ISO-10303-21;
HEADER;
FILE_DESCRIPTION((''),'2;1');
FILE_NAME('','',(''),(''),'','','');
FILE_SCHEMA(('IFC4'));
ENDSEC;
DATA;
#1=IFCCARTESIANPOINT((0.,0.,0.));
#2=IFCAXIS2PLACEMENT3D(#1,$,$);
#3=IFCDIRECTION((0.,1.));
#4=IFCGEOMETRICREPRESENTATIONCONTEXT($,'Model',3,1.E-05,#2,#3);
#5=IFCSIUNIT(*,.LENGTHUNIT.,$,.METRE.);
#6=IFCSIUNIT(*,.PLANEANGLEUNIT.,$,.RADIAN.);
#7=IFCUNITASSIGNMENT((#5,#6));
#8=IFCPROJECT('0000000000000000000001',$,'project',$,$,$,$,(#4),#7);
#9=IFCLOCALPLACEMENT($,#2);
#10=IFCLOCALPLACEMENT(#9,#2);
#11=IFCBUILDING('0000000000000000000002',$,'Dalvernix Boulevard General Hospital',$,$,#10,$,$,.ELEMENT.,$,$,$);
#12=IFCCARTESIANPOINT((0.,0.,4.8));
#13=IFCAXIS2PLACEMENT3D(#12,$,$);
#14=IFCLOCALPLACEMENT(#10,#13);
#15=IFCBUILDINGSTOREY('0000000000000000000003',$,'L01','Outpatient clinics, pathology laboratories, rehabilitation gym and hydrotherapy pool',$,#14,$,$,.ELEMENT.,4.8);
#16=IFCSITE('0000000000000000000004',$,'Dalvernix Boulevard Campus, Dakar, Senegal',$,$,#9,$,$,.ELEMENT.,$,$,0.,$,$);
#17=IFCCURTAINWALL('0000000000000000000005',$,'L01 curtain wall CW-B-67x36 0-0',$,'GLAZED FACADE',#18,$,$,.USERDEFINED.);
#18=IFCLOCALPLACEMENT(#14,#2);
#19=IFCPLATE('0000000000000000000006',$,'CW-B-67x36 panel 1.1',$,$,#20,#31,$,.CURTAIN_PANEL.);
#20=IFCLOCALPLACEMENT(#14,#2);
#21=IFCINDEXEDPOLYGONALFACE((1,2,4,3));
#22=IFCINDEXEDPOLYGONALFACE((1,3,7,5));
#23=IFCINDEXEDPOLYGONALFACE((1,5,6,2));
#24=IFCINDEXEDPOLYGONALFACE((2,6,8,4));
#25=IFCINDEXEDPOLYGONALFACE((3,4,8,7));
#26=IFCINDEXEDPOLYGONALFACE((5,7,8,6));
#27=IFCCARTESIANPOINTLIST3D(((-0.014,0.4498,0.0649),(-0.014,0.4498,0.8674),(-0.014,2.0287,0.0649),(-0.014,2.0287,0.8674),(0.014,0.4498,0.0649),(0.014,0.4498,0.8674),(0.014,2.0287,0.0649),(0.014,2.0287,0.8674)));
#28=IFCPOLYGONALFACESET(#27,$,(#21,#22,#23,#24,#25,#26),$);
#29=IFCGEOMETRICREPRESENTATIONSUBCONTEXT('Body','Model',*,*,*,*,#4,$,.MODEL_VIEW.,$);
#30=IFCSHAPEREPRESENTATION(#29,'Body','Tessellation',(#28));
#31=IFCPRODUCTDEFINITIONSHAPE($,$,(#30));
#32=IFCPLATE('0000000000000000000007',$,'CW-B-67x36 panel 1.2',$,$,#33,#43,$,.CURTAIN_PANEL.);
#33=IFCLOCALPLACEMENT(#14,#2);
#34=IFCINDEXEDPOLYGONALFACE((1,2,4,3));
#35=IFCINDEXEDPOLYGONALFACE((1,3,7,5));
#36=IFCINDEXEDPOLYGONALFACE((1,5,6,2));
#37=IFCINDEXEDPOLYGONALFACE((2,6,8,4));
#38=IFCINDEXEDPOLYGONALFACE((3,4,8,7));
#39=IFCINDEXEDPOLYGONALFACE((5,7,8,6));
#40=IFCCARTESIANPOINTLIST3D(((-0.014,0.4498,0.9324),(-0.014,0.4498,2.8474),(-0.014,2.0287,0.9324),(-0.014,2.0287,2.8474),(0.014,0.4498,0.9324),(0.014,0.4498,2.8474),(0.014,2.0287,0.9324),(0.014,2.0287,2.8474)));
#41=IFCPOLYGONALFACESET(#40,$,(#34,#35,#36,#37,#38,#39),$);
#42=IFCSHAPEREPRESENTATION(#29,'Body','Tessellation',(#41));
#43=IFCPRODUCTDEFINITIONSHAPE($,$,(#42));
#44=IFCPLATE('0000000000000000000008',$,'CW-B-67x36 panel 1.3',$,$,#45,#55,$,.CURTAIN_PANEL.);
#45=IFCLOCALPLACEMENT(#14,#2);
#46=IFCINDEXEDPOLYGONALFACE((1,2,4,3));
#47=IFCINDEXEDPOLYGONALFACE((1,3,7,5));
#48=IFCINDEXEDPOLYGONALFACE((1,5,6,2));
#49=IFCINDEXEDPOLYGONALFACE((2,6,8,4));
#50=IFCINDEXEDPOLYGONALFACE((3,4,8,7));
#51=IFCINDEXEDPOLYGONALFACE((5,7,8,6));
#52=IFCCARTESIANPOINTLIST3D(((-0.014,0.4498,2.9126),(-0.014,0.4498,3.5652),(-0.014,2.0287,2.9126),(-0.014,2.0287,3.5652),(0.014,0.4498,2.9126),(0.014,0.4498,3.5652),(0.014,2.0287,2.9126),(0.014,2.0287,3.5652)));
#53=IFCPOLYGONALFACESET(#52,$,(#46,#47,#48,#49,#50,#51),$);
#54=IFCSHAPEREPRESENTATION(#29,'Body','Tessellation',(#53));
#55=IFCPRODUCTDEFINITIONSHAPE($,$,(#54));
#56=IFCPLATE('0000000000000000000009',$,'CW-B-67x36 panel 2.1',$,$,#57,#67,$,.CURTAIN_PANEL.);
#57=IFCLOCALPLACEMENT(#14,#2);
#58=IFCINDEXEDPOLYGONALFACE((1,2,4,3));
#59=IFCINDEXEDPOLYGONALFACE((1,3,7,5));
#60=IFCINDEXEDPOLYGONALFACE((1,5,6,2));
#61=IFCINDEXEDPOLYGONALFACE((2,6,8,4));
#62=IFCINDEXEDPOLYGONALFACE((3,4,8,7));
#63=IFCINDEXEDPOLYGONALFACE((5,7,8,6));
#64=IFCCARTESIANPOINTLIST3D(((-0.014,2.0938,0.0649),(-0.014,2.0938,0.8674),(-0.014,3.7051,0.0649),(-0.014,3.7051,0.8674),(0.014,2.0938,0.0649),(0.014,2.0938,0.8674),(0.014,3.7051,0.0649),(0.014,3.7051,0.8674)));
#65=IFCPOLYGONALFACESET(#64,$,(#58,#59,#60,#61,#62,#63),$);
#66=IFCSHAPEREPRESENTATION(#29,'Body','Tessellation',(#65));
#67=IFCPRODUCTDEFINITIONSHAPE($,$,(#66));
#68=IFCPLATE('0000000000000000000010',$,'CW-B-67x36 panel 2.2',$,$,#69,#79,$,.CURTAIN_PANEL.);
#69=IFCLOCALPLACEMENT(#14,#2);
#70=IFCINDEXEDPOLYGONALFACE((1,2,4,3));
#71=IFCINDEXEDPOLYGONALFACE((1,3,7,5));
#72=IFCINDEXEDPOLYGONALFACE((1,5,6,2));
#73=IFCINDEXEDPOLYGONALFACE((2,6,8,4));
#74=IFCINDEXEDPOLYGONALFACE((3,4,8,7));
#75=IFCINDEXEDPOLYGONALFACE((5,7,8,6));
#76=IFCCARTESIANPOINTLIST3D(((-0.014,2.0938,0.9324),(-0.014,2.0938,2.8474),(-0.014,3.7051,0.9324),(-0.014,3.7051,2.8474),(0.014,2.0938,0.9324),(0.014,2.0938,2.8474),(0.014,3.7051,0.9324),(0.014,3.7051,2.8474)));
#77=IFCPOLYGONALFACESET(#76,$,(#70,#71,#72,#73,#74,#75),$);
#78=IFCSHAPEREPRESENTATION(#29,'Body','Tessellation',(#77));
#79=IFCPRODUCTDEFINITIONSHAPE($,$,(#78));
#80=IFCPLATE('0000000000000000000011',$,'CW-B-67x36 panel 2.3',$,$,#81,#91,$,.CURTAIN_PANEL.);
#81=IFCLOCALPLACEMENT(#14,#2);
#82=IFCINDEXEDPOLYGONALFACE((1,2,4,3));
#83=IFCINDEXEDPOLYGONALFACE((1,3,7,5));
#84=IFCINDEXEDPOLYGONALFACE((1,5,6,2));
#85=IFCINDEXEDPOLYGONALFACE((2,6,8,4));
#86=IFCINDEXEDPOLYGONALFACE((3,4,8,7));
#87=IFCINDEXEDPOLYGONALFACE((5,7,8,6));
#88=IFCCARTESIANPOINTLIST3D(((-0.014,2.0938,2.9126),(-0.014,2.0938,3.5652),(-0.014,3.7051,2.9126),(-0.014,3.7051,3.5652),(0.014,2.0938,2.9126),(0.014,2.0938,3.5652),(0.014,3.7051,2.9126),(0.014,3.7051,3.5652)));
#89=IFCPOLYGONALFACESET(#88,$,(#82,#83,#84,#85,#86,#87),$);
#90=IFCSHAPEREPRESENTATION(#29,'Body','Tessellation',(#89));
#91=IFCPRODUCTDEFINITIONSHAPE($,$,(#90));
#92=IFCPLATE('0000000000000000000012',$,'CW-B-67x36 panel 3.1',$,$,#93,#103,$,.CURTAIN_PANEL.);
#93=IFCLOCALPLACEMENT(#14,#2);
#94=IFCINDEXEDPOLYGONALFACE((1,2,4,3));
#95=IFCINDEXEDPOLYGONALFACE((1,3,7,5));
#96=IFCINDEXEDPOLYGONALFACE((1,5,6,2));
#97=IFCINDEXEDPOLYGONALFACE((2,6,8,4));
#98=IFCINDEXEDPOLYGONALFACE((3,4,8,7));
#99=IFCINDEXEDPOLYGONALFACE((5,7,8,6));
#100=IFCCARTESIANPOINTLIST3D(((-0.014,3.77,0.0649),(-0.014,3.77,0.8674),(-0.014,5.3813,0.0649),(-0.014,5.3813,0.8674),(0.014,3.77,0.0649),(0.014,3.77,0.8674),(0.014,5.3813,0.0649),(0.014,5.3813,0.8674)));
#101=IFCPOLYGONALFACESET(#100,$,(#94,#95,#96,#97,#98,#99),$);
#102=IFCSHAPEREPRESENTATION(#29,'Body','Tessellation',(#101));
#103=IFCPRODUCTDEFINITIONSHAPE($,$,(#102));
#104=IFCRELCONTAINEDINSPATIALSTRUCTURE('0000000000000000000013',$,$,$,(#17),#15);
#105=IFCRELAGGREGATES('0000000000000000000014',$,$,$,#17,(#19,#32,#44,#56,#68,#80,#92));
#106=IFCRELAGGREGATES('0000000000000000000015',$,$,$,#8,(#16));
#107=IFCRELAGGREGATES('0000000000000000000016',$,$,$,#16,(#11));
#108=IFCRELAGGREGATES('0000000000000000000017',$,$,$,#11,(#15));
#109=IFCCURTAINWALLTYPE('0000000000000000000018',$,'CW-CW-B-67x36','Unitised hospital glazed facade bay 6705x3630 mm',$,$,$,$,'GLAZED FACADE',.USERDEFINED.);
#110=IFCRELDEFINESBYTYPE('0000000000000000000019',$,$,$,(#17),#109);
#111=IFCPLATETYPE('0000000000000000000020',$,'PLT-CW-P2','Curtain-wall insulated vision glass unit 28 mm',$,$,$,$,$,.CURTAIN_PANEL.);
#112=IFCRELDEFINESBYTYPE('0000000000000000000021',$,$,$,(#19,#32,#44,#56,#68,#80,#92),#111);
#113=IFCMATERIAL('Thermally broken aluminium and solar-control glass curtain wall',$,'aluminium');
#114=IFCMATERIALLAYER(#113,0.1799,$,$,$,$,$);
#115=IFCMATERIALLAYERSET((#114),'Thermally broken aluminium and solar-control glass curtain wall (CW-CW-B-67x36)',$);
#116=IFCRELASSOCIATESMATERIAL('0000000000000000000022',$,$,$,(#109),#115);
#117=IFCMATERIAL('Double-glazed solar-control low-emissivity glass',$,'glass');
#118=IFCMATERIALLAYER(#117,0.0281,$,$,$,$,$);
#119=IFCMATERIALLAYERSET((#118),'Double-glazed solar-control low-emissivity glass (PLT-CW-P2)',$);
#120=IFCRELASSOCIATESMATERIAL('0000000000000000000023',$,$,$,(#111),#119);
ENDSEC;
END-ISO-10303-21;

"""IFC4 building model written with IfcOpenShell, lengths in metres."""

from ifc_helpers import new_model, si_unit, direction, frame, origin, origin_2d, place, context, subcontext, project, spatial, rectangle, extrude, material, layer, layer_set, type_object, element, aggregate, save


model = new_model("IFC4")

# Units and contexts
model_context = context("Model", 3, precision=1e-05, world=origin(), true_north=direction((0.0, 1.0)))
body_context = subcontext(model_context, "Body", "Model", "MODEL_VIEW")
ifc_project = project(units=[si_unit("LENGTHUNIT", "METRE"), si_unit("PLANEANGLEUNIT", "RADIAN")], contexts=[model_context])

# Site, building, storey
site_placement = place(None, origin())
site = spatial("IfcSite", under=ifc_project, at=site_placement, Name="Dalvernix Boulevard Campus, Dakar, Senegal", CompositionType="ELEMENT", RefElevation=0.0)
building_placement = place(site_placement, origin())
building = spatial("IfcBuilding", under=site, at=building_placement, Name="Dalvernix Boulevard General Hospital", CompositionType="ELEMENT")
storey_placement = place(building_placement, frame((0.0, 0.0, 4.8)))
storey = spatial("IfcBuildingStorey", under=building, at=storey_placement, Name="L01", Description="Outpatient clinics, pathology laboratories, rehabilitation gym and hydrotherapy pool", CompositionType="ELEMENT", Elevation=4.8)

# Curtain wall, plates
ifc_material_1 = material(Name="Thermally broken aluminium and solar-control glass curtain wall", Category="aluminium")
ifc_layer_1 = layer(ifc_material_1, 0.1799)
ifc_layer_set_1 = layer_set([ifc_layer_1], Name="Thermally broken aluminium and solar-control glass curtain wall (CW-CW-B-67x36)")
curtain_wall_type = type_object("IfcCurtainWallType", Name="CW-CW-B-67x36", Description="Unitised hospital glazed facade bay 6705x3630 mm", ElementType="GLAZED FACADE", PredefinedType="USERDEFINED", material=ifc_layer_set_1)
curtain_wall_placement = place(storey_placement, origin())
curtain_wall = element("IfcCurtainWall", 1, at=curtain_wall_placement, inside=storey, type_object=curtain_wall_type, Name="L01 curtain wall CW-B-67x36 0-0", ObjectType="GLAZED FACADE", PredefinedType="USERDEFINED")
ifc_material_2 = material(Name="Double-glazed solar-control low-emissivity glass", Category="glass")
ifc_layer_2 = layer(ifc_material_2, 0.0281)
ifc_layer_set_2 = layer_set([ifc_layer_2], Name="Double-glazed solar-control low-emissivity glass (PLT-CW-P2)")
plate_type = type_object("IfcPlateType", Name="PLT-CW-P2", Description="Curtain-wall insulated vision glass unit 28 mm", PredefinedType="CURTAIN_PANEL", material=ifc_layer_set_2)
plate_1_placement = place(storey_placement, frame((0.0, 1.2393, 0.0649), z_axis=(0.0, 0.0, 1.0), x_axis=(0.0, 1.0, 0.0)))
plate_1 = element("IfcPlate", 2, at=plate_1_placement, type_object=plate_type, Name="CW-B-67x36 panel 1.1", PredefinedType="CURTAIN_PANEL", context=body_context, shape_type="SweptSolid", body=[
    extrude(rectangle(XDim=1.5789, YDim=0.0281, at=origin_2d()), origin(), (0.0, 0.0, 1.0), 0.8025),
])
plate_2_placement = place(storey_placement, frame((0.0, 1.2393, 0.9324), z_axis=(0.0, 0.0, 1.0), x_axis=(0.0, 1.0, 0.0)))
plate_2 = element("IfcPlate", 3, at=plate_2_placement, type_object=plate_type, Name="CW-B-67x36 panel 1.2", PredefinedType="CURTAIN_PANEL", context=body_context, shape_type="SweptSolid", body=[
    extrude(rectangle(XDim=1.5789, YDim=0.0281, at=origin_2d()), origin(), (0.0, 0.0, 1.0), 1.915),
])
plate_3_placement = place(storey_placement, frame((0.0, 1.2393, 2.9126), z_axis=(0.0, 0.0, 1.0), x_axis=(0.0, 1.0, 0.0)))
plate_3 = element("IfcPlate", 4, at=plate_3_placement, type_object=plate_type, Name="CW-B-67x36 panel 1.3", PredefinedType="CURTAIN_PANEL", context=body_context, shape_type="SweptSolid", body=[
    extrude(rectangle(XDim=1.5789, YDim=0.0281, at=origin_2d()), origin(), (0.0, 0.0, 1.0), 0.6526),
])
plate_4_placement = place(storey_placement, frame((0.0, 2.8994, 0.0649), z_axis=(0.0, 0.0, 1.0), x_axis=(0.0, 1.0, 0.0)))
plate_4 = element("IfcPlate", 5, at=plate_4_placement, type_object=plate_type, Name="CW-B-67x36 panel 2.1", PredefinedType="CURTAIN_PANEL", context=body_context, shape_type="SweptSolid", body=[
    extrude(rectangle(XDim=1.6113, YDim=0.0281, at=origin_2d()), origin(), (0.0, 0.0, 1.0), 0.8025),
])
plate_5_placement = place(storey_placement, frame((0.0, 2.8994, 0.9324), z_axis=(0.0, 0.0, 1.0), x_axis=(0.0, 1.0, 0.0)))
plate_5 = element("IfcPlate", 6, at=plate_5_placement, type_object=plate_type, Name="CW-B-67x36 panel 2.2", PredefinedType="CURTAIN_PANEL", context=body_context, shape_type="SweptSolid", body=[
    extrude(rectangle(XDim=1.6113, YDim=0.0281, at=origin_2d()), origin(), (0.0, 0.0, 1.0), 1.915),
])
plate_6_placement = place(storey_placement, frame((0.0, 2.8994, 2.9126), z_axis=(0.0, 0.0, 1.0), x_axis=(0.0, 1.0, 0.0)))
plate_6 = element("IfcPlate", 7, at=plate_6_placement, type_object=plate_type, Name="CW-B-67x36 panel 2.3", PredefinedType="CURTAIN_PANEL", context=body_context, shape_type="SweptSolid", body=[
    extrude(rectangle(XDim=1.6113, YDim=0.0281, at=origin_2d()), origin(), (0.0, 0.0, 1.0), 0.6526),
])
plate_7_placement = place(storey_placement, frame((0.0, 4.5757, 0.0649), z_axis=(0.0, 0.0, 1.0), x_axis=(0.0, 1.0, 0.0)))
plate_7 = element("IfcPlate", 8, at=plate_7_placement, type_object=plate_type, Name="CW-B-67x36 panel 3.1", PredefinedType="CURTAIN_PANEL", context=body_context, shape_type="SweptSolid", body=[
    extrude(rectangle(XDim=1.6113, YDim=0.0281, at=origin_2d()), origin(), (0.0, 0.0, 1.0), 0.8025),
])
aggregate(curtain_wall, [plate_1, plate_2, plate_3, plate_4, plate_5, plate_6, plate_7])

save(model, "model.ifc")
